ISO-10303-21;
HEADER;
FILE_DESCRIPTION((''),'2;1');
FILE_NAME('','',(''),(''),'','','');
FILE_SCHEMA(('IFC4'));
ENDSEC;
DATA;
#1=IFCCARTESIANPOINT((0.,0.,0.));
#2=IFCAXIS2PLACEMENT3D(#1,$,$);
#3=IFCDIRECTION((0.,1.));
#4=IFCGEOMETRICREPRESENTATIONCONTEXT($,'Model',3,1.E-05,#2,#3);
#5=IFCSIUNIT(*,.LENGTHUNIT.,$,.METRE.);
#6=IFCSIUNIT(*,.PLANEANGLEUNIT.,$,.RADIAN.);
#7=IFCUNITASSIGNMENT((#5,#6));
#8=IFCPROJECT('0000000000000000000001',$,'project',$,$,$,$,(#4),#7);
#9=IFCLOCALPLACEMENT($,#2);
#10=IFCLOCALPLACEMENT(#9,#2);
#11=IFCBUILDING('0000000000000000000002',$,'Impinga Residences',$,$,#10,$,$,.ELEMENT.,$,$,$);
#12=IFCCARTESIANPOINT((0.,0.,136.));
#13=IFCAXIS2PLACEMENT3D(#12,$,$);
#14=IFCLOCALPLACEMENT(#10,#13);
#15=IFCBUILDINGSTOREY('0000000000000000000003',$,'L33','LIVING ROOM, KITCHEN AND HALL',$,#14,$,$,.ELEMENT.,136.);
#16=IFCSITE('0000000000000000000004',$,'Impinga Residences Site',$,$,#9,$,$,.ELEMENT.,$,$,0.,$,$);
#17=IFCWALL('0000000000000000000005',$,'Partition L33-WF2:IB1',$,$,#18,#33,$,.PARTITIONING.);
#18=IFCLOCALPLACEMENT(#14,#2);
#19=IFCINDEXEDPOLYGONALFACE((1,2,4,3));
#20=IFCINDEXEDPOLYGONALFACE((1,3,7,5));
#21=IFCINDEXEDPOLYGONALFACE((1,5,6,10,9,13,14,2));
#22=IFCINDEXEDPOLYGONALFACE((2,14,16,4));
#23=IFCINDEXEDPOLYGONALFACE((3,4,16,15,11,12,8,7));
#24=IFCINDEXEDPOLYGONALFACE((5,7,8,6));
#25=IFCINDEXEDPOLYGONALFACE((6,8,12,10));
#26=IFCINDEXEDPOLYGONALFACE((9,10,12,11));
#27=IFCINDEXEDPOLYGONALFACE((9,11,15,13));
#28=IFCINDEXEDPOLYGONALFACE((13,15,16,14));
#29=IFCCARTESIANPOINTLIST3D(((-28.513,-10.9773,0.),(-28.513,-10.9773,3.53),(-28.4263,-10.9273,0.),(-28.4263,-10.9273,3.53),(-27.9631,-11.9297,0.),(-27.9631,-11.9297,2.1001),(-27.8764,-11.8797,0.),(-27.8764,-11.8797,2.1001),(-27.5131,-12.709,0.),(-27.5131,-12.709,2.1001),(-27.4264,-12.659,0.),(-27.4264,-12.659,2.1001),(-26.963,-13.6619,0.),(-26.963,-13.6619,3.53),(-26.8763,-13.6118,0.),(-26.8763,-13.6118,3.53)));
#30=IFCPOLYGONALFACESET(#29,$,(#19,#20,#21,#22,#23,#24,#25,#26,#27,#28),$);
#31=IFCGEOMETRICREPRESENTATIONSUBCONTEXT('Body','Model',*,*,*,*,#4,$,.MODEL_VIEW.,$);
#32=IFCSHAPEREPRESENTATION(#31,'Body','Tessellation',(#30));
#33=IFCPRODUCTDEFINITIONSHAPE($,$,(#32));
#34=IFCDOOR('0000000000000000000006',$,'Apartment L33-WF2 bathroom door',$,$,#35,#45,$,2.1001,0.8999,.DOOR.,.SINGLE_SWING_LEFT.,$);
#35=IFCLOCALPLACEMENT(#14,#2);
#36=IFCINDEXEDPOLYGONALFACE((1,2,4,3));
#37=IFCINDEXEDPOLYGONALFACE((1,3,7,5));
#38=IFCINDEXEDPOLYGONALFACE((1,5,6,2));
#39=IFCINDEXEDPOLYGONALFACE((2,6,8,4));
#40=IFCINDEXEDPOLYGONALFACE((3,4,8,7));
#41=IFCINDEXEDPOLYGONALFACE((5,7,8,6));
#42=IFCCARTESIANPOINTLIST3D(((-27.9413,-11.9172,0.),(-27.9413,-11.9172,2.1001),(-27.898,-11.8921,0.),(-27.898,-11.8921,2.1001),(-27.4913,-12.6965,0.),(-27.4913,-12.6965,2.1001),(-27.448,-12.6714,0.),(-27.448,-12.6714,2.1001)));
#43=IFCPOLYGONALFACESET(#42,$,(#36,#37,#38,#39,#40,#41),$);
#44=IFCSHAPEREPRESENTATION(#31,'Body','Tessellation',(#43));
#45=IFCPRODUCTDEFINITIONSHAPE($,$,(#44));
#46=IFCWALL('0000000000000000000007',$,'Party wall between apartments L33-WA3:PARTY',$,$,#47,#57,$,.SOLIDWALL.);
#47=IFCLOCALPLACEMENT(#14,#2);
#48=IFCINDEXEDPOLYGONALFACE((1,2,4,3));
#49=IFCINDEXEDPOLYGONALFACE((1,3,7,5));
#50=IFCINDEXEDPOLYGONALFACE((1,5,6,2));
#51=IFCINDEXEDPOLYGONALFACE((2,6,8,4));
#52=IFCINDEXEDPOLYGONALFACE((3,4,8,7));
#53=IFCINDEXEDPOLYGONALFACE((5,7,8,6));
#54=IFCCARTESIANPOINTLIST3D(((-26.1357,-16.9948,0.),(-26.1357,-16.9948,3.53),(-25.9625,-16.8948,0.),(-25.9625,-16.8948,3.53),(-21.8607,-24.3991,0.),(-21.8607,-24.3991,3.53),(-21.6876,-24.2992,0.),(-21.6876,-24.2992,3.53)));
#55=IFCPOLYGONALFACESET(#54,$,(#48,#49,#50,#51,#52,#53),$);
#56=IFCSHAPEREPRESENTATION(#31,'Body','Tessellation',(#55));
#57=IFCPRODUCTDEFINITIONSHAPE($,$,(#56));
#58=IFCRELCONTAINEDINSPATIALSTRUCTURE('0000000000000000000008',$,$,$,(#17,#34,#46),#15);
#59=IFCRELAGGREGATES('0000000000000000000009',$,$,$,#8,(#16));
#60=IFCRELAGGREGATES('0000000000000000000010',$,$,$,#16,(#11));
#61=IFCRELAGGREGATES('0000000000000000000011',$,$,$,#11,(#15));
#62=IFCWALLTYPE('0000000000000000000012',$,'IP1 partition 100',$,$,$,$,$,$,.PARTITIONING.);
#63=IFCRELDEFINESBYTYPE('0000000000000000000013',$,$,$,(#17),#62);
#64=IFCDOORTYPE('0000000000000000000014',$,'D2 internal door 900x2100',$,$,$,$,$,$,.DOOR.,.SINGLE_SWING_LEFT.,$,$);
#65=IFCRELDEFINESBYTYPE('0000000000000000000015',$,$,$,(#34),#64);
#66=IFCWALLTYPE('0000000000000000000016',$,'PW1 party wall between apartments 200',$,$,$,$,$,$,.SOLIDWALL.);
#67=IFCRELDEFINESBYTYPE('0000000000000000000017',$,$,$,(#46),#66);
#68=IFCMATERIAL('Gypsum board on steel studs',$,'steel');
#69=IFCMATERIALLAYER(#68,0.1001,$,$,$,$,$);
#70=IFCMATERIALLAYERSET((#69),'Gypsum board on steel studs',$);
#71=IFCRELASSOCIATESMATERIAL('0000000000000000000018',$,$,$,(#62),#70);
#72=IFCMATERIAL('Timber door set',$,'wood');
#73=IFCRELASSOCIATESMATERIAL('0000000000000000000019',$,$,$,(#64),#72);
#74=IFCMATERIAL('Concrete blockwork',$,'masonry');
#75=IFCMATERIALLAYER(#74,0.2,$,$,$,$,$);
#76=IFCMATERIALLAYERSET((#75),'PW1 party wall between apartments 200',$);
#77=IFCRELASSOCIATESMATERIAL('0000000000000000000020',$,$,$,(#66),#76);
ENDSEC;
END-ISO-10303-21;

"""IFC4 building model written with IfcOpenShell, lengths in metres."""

from ifc_helpers import new_model, si_unit, direction, frame, frame_2d, origin, place, context, subcontext, project, spatial, rectangle, extrude, material, layer, layer_set, type_object, element, fill, save


model = new_model("IFC4")

# Units and contexts
model_context = context("Model", 3, precision=1e-05, world=origin(), true_north=direction((0.0, 1.0)))
body_context = subcontext(model_context, "Body", "Model", "MODEL_VIEW")
ifc_project = project(units=[si_unit("LENGTHUNIT", "METRE"), si_unit("PLANEANGLEUNIT", "RADIAN")], contexts=[model_context])

# Site, building, storey
site_placement = place(None, origin())
site = spatial("IfcSite", under=ifc_project, at=site_placement, Name="Impinga Residences Site", CompositionType="ELEMENT", RefElevation=0.0)
building_placement = place(site_placement, origin())
building = spatial("IfcBuilding", under=site, at=building_placement, Name="Impinga Residences", CompositionType="ELEMENT")
storey_placement = place(building_placement, frame((0.0, 0.0, 136.0)))
storey = spatial("IfcBuildingStorey", under=building, at=storey_placement, Name="L33", Description="LIVING ROOM, KITCHEN AND HALL", CompositionType="ELEMENT", Elevation=136.0)

# Shared definitions
ifc_material_1 = material(Name="Gypsum board on steel studs", Category="steel")
ifc_layer_1 = layer(ifc_material_1, 0.1001)
ifc_layer_set_1 = layer_set([ifc_layer_1], Name="Gypsum board on steel studs")
wall_type_1 = type_object("IfcWallType", Name="IP1 partition 100", PredefinedType="PARTITIONING", material=ifc_layer_set_1)

# Shared definitions
ifc_material_2 = material(Name="Timber door set", Category="wood")
door_type = type_object("IfcDoorType", Name="D2 internal door 900x2100", OperationType="SINGLE_SWING_LEFT", PredefinedType="DOOR", material=ifc_material_2)

# Wall, opening, door
wall_1_placement = place(storey_placement, frame((-26.9197, -13.6367, 0.0), z_axis=(0.0, 0.0, 1.0), x_axis=(-0.500027, 0.86601, 0.0)))
wall_1 = element("IfcWall", 1, at=wall_1_placement, inside=storey, type_object=wall_type_1, Name="Partition L33-WF2:IB1", PredefinedType="PARTITIONING", context=body_context, shape_type="SweptSolid", body=[
    extrude(rectangle(XDim=3.0999, YDim=0.1001, at=frame_2d((1.5498, 0.0))), origin(), (0.0, 0.0, 1.0), 3.53),
])
opening_1_placement = place(wall_1_placement, frame((1.1001, 0.0, 0.0)))
opening_1 = element("IfcOpeningElement", 2, at=opening_1_placement, cuts=wall_1, PredefinedType="OPENING", context=body_context, shape_type="SweptSolid", body=[
    extrude(rectangle(XDim=0.8999, YDim=2.1001, at=frame_2d((0.45, 1.05))), frame((0.0, 0.0601, 0.0), z_axis=(0.0, -1.0, 0.0), x_axis=(1.0, 0.0, 0.0)), (0.0, 0.0, 1.0), 0.1201),
])
door_1_placement = place(opening_1_placement, origin())
door_1 = element("IfcDoor", 3, at=door_1_placement, inside=storey, type_object=door_type, Name="Apartment L33-WF2 bathroom door", OperationType="SINGLE_SWING_LEFT", OverallHeight=2.1001, OverallWidth=0.8999, PredefinedType="DOOR", context=body_context, shape_type="SweptSolid", body=[
    extrude(rectangle(XDim=0.8999, YDim=2.1001, at=frame_2d((0.45, 1.05))), frame((0.0, 0.0249, 0.0), z_axis=(0.0, -1.0, 0.0), x_axis=(1.0, 0.0, 0.0)), (0.0, 0.0, 1.0), 0.05),
])
fill(opening_1, door_1)

# Wall
ifc_material_3 = material(Name="Concrete blockwork", Category="masonry")
ifc_layer_2 = layer(ifc_material_3, 0.2)
ifc_layer_set_2 = layer_set([ifc_layer_2], Name="PW1 party wall between apartments 200")
wall_type_2 = type_object("IfcWallType", Name="PW1 party wall between apartments 200", PredefinedType="SOLIDWALL", material=ifc_layer_set_2)
wall_2_placement = place(storey_placement, frame((-26.0491, -16.9448, 0.0), z_axis=(0.0, 0.0, 1.0), x_axis=(0.500003, -0.866024, 0.0)))
element("IfcWall", 4, at=wall_2_placement, inside=storey, type_object=wall_type_2, Name="Party wall between apartments L33-WA3:PARTY", PredefinedType="SOLIDWALL", context=body_context, shape_type="SweptSolid", body=[
    extrude(rectangle(XDim=8.5498, YDim=0.2, at=frame_2d((4.2749, 0.0))), origin(), (0.0, 0.0, 1.0), 3.53),
])

save(model, "model.ifc")
